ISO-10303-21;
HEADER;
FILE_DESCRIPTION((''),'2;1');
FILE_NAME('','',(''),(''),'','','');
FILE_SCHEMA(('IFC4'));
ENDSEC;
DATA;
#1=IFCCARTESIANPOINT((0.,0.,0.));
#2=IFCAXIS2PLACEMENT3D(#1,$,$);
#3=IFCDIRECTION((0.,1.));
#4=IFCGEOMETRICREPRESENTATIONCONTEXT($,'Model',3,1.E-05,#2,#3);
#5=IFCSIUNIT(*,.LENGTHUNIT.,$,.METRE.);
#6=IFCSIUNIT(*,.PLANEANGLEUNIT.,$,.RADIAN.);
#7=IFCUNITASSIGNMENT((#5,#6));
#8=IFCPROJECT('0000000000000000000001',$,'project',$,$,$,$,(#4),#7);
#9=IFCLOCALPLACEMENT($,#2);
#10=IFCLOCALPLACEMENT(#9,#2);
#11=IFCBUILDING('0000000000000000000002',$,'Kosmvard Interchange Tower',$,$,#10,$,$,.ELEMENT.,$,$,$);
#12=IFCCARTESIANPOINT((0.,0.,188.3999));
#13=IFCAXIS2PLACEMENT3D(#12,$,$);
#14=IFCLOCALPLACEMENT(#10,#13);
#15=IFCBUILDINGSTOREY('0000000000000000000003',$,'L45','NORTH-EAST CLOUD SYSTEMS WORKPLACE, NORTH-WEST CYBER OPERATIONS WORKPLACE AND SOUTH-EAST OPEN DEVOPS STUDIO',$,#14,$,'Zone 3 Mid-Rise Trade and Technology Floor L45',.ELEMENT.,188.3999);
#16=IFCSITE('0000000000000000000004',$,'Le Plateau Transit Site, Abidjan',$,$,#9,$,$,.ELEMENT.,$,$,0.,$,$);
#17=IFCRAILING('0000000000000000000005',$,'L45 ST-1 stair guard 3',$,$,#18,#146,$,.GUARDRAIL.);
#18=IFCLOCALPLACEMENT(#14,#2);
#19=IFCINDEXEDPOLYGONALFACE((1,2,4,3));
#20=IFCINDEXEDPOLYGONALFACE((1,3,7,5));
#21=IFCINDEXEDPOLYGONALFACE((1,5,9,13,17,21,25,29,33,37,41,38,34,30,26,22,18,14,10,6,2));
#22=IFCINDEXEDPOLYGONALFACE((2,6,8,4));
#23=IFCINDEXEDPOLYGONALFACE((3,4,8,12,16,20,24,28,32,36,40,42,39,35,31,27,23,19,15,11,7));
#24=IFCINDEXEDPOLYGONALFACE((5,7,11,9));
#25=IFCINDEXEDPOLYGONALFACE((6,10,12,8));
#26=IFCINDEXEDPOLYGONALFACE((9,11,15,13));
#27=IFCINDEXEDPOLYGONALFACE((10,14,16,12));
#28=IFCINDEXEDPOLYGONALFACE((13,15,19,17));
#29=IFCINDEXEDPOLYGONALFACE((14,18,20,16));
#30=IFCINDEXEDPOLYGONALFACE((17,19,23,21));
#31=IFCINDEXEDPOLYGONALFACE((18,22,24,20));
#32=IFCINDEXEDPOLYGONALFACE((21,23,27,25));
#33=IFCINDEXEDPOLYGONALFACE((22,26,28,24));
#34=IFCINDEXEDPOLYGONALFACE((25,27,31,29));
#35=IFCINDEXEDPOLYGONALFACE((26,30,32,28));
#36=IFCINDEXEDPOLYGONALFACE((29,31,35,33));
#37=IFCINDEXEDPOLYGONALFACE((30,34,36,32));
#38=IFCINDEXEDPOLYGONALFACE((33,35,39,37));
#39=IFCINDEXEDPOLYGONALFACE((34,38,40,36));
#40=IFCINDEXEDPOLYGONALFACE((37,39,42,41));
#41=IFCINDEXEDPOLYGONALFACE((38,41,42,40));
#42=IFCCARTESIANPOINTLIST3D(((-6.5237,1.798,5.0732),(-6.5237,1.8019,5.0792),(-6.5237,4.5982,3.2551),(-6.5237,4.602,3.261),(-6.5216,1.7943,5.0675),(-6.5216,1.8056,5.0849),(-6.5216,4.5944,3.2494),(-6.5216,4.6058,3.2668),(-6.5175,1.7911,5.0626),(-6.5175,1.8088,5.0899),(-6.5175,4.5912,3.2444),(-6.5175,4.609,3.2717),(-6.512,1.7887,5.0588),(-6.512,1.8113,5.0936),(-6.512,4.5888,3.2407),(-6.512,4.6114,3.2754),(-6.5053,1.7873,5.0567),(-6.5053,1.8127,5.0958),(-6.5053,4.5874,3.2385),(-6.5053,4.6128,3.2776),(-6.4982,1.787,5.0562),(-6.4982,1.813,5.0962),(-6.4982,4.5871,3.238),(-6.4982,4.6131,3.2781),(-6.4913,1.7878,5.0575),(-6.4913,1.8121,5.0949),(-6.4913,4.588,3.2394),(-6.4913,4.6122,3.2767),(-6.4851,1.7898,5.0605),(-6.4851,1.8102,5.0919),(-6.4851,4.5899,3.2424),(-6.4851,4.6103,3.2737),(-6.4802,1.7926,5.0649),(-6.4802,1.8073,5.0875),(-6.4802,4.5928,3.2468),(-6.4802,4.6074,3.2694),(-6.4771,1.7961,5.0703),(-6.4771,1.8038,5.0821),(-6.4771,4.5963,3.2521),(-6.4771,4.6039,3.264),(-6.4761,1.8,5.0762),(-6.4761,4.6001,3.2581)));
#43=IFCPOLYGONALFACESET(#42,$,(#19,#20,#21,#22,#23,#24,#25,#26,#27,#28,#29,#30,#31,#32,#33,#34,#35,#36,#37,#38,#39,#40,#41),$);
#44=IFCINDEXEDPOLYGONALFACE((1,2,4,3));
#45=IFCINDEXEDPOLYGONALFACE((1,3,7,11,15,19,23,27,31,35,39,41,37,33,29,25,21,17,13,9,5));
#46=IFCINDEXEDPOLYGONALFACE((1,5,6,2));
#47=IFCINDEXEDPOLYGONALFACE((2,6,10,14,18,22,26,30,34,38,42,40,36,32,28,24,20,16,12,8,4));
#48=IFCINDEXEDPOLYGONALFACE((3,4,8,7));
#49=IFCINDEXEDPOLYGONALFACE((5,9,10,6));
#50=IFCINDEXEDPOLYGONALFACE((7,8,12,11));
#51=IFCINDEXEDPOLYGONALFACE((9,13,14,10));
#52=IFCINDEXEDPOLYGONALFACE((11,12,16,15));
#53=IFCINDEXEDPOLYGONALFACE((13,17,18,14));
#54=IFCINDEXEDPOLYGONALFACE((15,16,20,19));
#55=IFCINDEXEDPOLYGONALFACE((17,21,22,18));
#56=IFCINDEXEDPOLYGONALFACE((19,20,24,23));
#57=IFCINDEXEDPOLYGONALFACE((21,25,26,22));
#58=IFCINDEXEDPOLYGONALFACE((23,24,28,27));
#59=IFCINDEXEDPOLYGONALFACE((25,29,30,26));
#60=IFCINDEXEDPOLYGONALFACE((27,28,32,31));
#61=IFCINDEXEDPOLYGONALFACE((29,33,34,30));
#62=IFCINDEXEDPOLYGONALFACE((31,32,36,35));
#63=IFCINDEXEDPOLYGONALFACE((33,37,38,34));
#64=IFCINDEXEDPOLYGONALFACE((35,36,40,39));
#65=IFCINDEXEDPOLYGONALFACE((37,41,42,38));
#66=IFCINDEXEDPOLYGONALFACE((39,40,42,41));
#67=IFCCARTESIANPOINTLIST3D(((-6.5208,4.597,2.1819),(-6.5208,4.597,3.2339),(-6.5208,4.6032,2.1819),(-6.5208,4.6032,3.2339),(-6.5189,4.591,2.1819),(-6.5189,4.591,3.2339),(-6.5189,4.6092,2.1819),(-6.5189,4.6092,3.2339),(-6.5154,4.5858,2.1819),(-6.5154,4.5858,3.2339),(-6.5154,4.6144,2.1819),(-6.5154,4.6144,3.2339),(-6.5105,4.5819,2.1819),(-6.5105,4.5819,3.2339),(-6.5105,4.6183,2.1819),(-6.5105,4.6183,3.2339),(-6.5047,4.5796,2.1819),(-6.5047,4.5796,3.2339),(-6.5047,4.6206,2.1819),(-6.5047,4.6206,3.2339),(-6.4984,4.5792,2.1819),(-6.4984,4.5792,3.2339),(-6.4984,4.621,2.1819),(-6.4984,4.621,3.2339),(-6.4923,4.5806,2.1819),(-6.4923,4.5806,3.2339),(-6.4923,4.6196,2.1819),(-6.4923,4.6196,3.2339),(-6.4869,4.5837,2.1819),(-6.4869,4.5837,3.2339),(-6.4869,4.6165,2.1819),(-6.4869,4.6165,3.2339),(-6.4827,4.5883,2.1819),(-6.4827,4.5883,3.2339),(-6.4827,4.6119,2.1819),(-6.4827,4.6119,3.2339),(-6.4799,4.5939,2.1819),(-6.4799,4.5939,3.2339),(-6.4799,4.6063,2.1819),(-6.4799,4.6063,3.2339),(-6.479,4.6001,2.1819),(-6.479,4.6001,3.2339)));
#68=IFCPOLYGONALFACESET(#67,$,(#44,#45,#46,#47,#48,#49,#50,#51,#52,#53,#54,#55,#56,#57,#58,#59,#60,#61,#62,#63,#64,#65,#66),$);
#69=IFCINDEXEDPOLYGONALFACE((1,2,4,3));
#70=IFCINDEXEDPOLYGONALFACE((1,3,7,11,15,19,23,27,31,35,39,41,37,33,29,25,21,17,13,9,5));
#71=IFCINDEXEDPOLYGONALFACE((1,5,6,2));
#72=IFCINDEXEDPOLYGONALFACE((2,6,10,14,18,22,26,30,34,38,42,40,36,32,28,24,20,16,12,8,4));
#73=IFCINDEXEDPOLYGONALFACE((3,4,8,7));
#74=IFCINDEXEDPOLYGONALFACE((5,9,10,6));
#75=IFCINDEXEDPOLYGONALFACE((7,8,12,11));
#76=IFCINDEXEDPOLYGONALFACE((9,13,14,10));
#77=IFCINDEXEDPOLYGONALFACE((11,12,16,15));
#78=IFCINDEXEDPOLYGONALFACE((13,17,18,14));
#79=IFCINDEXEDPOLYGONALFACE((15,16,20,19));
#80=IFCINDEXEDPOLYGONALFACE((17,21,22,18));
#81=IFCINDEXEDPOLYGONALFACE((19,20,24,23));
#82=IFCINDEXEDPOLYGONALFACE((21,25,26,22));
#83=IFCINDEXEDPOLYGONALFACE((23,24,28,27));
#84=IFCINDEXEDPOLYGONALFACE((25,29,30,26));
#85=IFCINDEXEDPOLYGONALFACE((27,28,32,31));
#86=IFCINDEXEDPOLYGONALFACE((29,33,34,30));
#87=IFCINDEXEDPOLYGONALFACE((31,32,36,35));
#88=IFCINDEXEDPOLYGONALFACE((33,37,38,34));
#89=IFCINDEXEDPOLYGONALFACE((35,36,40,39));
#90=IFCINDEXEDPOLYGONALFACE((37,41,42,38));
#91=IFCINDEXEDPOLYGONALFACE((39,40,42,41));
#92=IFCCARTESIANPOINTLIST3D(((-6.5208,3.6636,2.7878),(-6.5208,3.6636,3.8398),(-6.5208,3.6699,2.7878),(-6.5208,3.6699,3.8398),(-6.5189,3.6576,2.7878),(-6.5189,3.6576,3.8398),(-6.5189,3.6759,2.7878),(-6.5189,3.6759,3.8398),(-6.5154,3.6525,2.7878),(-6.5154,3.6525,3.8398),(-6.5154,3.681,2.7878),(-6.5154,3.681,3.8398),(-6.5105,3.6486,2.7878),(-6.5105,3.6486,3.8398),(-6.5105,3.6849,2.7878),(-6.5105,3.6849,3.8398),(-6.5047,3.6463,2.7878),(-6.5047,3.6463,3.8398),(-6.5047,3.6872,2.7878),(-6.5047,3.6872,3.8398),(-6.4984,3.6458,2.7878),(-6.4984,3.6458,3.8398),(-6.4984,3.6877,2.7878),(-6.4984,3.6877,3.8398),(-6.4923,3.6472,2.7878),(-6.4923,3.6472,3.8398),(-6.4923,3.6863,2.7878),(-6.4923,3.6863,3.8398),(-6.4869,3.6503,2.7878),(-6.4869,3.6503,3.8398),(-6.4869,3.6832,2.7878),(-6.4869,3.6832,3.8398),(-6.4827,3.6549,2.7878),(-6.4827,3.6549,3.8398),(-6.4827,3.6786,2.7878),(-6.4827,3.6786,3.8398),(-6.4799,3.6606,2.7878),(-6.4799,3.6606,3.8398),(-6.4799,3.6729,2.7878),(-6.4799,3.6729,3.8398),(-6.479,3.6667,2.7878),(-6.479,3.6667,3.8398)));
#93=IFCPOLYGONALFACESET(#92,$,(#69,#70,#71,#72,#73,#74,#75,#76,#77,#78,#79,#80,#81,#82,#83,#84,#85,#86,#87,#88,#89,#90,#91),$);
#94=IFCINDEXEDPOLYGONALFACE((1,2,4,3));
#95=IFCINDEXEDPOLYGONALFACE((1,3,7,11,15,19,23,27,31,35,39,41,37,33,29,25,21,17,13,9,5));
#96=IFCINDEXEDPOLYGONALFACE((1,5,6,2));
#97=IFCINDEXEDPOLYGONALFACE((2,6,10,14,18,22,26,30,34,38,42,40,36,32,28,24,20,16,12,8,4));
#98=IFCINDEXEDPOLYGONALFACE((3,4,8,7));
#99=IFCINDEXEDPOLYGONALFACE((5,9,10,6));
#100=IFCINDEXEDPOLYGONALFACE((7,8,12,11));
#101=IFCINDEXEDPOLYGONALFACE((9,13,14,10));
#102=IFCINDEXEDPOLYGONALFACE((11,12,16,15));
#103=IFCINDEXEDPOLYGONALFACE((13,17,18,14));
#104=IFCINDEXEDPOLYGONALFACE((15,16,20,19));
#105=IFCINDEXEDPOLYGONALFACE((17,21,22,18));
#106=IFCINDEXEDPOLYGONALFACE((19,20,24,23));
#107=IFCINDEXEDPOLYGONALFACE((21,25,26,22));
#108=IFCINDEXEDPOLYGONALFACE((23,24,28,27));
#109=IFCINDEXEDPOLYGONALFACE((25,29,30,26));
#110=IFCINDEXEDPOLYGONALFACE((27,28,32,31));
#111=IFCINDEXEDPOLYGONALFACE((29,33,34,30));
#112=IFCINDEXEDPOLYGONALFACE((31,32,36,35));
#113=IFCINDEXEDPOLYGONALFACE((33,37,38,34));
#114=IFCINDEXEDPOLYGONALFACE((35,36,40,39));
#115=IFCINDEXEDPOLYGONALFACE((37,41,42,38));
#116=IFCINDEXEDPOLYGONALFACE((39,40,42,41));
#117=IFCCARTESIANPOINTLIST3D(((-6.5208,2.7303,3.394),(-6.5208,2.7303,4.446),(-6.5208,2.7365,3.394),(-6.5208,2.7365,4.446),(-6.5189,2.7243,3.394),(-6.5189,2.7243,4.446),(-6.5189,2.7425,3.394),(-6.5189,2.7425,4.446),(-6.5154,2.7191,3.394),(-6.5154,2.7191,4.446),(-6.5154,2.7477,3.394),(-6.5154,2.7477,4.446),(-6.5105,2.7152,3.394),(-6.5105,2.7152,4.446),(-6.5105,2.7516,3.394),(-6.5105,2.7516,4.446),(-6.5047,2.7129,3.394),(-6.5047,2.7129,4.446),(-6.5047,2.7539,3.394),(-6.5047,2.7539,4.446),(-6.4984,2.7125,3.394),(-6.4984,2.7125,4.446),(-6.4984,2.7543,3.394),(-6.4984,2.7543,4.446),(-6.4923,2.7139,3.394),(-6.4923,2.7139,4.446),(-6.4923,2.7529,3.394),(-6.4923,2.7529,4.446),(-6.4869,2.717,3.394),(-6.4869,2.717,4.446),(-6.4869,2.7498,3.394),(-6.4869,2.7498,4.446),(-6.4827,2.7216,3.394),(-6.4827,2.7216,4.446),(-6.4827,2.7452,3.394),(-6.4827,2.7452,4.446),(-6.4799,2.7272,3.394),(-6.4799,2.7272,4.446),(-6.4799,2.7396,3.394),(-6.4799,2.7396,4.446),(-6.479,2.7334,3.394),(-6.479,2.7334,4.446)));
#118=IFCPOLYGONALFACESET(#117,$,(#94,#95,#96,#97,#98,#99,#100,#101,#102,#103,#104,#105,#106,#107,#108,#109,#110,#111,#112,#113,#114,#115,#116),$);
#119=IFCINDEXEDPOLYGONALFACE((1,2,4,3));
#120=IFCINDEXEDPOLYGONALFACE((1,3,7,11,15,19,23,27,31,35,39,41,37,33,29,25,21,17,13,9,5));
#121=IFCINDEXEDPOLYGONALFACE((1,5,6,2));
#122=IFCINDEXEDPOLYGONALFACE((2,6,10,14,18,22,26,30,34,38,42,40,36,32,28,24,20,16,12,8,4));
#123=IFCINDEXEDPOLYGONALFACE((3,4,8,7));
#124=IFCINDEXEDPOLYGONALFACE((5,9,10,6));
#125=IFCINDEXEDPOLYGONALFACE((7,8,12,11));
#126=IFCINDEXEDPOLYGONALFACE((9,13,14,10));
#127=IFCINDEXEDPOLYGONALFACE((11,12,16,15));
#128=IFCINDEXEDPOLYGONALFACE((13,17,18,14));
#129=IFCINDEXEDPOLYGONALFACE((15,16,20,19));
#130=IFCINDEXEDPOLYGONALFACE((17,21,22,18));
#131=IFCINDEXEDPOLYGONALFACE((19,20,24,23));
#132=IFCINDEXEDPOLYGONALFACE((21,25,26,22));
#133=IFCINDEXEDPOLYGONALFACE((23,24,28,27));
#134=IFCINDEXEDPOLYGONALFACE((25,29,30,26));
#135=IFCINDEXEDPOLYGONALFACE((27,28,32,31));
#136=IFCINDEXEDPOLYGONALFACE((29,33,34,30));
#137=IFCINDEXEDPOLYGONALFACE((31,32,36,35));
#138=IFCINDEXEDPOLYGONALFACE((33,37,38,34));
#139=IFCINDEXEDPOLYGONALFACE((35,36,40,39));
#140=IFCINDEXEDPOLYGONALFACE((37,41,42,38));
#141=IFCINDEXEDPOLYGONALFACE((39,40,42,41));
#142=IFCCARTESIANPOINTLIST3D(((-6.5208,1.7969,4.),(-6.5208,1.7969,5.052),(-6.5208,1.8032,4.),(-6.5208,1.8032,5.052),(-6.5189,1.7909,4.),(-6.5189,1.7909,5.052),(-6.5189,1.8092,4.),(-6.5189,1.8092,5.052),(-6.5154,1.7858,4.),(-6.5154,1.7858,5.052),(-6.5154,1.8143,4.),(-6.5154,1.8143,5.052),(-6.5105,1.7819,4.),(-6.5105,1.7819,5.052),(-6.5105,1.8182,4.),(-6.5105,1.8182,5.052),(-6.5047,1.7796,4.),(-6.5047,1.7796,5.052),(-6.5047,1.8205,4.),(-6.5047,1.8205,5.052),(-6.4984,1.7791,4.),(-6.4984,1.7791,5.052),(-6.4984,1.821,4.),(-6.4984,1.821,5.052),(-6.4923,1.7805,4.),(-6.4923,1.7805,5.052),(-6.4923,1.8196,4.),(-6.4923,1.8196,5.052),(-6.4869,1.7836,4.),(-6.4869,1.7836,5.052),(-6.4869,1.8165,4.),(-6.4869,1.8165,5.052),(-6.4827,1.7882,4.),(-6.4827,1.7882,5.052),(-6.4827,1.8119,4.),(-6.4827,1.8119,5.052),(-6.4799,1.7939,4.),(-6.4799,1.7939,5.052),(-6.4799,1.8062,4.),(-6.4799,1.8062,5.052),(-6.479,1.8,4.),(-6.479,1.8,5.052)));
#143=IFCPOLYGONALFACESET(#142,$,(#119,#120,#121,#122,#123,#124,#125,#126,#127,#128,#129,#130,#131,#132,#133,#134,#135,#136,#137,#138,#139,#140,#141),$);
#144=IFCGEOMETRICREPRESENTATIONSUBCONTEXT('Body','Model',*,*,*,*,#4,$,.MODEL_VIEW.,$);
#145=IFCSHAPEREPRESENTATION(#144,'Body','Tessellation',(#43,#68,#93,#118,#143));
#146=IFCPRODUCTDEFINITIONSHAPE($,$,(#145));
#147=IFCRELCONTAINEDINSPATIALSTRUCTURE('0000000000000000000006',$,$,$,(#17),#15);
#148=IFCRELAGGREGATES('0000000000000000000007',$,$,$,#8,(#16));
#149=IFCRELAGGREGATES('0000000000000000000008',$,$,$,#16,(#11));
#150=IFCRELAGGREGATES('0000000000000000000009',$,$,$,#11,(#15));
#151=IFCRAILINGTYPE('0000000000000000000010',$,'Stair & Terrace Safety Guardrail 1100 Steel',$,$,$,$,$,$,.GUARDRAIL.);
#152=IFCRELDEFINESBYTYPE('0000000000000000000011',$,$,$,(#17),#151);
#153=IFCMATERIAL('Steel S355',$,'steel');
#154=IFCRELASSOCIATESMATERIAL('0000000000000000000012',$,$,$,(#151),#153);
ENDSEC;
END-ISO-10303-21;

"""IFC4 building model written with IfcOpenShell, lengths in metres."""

from ifc_helpers import new_model, si_unit, direction, frame, origin, origin_2d, place, context, subcontext, project, spatial, circle, extrude, source, transform, mapped, material, type_object, element, save


model = new_model("IFC4")

# Units and contexts
model_context = context("Model", 3, precision=1e-05, world=origin(), true_north=direction((0.0, 1.0)))
body_context = subcontext(model_context, "Body", "Model", "MODEL_VIEW")
ifc_project = project(units=[si_unit("LENGTHUNIT", "METRE"), si_unit("PLANEANGLEUNIT", "RADIAN")], contexts=[model_context])

# Site, building, storey
site_placement = place(None, origin())
site = spatial("IfcSite", under=ifc_project, at=site_placement, Name="Le Plateau Transit Site, Abidjan", CompositionType="ELEMENT", RefElevation=0.0)
building_placement = place(site_placement, origin())
building = spatial("IfcBuilding", under=site, at=building_placement, Name="Kosmvard Interchange Tower", CompositionType="ELEMENT")
storey_placement = place(building_placement, frame((0.0, 0.0, 188.3999)))
storey = spatial("IfcBuildingStorey", under=building, at=storey_placement, Name="L45", Description="NORTH-EAST CLOUD SYSTEMS WORKPLACE, NORTH-WEST CYBER OPERATIONS WORKPLACE AND SOUTH-EAST OPEN DEVOPS STUDIO", LongName="Zone 3 Mid-Rise Trade and Technology Floor L45", CompositionType="ELEMENT", Elevation=188.3999)

# Shared definitions
ifc_material_1 = material(Name="Steel S355", Category="steel")

# Railing
railing_type_1 = type_object("IfcRailingType", Name="Stair & Terrace Safety Guardrail 1100 Steel", PredefinedType="GUARDRAIL", material=ifc_material_1)
shared_shape_1 = source(origin(), body_context, "Body", "SweptSolid", [
    extrude(circle(Radius=0.0239, at=origin_2d()), frame((0.0, 0.0, 1.0762), z_axis=(0.0, -0.838706, 0.544585), x_axis=(1.0, 0.0, 0.0)), (0.0, 0.0, 1.0), 3.3386),
    extrude(circle(Radius=0.021, at=origin_2d()), origin(), (0.0, 0.0, 1.0), 1.052),
    extrude(circle(Radius=0.021, at=origin_2d()), frame((0.0, -0.9333, 0.606)), (0.0, 0.0, 1.0), 1.052),
    extrude(circle(Radius=0.021, at=origin_2d()), frame((0.0, -1.8667, 1.2122)), (0.0, 0.0, 1.0), 1.052),
    extrude(circle(Radius=0.021, at=origin_2d()), frame((0.0, -2.8, 1.8181)), (0.0, 0.0, 1.0), 1.052),
])
railing_1_placement = place(storey_placement, frame((-6.5, 4.6001, 2.1819)))
element("IfcRailing", 1, at=railing_1_placement, inside=storey, type_object=railing_type_1, Name="L45 ST-1 stair guard 3", PredefinedType="GUARDRAIL", context=body_context, shape_type="MappedRepresentation", body=[
    mapped(shared_shape_1, transform((0.0, 0.0, 0.0), scale=1.0)),
])

save(model, "model.ifc")
